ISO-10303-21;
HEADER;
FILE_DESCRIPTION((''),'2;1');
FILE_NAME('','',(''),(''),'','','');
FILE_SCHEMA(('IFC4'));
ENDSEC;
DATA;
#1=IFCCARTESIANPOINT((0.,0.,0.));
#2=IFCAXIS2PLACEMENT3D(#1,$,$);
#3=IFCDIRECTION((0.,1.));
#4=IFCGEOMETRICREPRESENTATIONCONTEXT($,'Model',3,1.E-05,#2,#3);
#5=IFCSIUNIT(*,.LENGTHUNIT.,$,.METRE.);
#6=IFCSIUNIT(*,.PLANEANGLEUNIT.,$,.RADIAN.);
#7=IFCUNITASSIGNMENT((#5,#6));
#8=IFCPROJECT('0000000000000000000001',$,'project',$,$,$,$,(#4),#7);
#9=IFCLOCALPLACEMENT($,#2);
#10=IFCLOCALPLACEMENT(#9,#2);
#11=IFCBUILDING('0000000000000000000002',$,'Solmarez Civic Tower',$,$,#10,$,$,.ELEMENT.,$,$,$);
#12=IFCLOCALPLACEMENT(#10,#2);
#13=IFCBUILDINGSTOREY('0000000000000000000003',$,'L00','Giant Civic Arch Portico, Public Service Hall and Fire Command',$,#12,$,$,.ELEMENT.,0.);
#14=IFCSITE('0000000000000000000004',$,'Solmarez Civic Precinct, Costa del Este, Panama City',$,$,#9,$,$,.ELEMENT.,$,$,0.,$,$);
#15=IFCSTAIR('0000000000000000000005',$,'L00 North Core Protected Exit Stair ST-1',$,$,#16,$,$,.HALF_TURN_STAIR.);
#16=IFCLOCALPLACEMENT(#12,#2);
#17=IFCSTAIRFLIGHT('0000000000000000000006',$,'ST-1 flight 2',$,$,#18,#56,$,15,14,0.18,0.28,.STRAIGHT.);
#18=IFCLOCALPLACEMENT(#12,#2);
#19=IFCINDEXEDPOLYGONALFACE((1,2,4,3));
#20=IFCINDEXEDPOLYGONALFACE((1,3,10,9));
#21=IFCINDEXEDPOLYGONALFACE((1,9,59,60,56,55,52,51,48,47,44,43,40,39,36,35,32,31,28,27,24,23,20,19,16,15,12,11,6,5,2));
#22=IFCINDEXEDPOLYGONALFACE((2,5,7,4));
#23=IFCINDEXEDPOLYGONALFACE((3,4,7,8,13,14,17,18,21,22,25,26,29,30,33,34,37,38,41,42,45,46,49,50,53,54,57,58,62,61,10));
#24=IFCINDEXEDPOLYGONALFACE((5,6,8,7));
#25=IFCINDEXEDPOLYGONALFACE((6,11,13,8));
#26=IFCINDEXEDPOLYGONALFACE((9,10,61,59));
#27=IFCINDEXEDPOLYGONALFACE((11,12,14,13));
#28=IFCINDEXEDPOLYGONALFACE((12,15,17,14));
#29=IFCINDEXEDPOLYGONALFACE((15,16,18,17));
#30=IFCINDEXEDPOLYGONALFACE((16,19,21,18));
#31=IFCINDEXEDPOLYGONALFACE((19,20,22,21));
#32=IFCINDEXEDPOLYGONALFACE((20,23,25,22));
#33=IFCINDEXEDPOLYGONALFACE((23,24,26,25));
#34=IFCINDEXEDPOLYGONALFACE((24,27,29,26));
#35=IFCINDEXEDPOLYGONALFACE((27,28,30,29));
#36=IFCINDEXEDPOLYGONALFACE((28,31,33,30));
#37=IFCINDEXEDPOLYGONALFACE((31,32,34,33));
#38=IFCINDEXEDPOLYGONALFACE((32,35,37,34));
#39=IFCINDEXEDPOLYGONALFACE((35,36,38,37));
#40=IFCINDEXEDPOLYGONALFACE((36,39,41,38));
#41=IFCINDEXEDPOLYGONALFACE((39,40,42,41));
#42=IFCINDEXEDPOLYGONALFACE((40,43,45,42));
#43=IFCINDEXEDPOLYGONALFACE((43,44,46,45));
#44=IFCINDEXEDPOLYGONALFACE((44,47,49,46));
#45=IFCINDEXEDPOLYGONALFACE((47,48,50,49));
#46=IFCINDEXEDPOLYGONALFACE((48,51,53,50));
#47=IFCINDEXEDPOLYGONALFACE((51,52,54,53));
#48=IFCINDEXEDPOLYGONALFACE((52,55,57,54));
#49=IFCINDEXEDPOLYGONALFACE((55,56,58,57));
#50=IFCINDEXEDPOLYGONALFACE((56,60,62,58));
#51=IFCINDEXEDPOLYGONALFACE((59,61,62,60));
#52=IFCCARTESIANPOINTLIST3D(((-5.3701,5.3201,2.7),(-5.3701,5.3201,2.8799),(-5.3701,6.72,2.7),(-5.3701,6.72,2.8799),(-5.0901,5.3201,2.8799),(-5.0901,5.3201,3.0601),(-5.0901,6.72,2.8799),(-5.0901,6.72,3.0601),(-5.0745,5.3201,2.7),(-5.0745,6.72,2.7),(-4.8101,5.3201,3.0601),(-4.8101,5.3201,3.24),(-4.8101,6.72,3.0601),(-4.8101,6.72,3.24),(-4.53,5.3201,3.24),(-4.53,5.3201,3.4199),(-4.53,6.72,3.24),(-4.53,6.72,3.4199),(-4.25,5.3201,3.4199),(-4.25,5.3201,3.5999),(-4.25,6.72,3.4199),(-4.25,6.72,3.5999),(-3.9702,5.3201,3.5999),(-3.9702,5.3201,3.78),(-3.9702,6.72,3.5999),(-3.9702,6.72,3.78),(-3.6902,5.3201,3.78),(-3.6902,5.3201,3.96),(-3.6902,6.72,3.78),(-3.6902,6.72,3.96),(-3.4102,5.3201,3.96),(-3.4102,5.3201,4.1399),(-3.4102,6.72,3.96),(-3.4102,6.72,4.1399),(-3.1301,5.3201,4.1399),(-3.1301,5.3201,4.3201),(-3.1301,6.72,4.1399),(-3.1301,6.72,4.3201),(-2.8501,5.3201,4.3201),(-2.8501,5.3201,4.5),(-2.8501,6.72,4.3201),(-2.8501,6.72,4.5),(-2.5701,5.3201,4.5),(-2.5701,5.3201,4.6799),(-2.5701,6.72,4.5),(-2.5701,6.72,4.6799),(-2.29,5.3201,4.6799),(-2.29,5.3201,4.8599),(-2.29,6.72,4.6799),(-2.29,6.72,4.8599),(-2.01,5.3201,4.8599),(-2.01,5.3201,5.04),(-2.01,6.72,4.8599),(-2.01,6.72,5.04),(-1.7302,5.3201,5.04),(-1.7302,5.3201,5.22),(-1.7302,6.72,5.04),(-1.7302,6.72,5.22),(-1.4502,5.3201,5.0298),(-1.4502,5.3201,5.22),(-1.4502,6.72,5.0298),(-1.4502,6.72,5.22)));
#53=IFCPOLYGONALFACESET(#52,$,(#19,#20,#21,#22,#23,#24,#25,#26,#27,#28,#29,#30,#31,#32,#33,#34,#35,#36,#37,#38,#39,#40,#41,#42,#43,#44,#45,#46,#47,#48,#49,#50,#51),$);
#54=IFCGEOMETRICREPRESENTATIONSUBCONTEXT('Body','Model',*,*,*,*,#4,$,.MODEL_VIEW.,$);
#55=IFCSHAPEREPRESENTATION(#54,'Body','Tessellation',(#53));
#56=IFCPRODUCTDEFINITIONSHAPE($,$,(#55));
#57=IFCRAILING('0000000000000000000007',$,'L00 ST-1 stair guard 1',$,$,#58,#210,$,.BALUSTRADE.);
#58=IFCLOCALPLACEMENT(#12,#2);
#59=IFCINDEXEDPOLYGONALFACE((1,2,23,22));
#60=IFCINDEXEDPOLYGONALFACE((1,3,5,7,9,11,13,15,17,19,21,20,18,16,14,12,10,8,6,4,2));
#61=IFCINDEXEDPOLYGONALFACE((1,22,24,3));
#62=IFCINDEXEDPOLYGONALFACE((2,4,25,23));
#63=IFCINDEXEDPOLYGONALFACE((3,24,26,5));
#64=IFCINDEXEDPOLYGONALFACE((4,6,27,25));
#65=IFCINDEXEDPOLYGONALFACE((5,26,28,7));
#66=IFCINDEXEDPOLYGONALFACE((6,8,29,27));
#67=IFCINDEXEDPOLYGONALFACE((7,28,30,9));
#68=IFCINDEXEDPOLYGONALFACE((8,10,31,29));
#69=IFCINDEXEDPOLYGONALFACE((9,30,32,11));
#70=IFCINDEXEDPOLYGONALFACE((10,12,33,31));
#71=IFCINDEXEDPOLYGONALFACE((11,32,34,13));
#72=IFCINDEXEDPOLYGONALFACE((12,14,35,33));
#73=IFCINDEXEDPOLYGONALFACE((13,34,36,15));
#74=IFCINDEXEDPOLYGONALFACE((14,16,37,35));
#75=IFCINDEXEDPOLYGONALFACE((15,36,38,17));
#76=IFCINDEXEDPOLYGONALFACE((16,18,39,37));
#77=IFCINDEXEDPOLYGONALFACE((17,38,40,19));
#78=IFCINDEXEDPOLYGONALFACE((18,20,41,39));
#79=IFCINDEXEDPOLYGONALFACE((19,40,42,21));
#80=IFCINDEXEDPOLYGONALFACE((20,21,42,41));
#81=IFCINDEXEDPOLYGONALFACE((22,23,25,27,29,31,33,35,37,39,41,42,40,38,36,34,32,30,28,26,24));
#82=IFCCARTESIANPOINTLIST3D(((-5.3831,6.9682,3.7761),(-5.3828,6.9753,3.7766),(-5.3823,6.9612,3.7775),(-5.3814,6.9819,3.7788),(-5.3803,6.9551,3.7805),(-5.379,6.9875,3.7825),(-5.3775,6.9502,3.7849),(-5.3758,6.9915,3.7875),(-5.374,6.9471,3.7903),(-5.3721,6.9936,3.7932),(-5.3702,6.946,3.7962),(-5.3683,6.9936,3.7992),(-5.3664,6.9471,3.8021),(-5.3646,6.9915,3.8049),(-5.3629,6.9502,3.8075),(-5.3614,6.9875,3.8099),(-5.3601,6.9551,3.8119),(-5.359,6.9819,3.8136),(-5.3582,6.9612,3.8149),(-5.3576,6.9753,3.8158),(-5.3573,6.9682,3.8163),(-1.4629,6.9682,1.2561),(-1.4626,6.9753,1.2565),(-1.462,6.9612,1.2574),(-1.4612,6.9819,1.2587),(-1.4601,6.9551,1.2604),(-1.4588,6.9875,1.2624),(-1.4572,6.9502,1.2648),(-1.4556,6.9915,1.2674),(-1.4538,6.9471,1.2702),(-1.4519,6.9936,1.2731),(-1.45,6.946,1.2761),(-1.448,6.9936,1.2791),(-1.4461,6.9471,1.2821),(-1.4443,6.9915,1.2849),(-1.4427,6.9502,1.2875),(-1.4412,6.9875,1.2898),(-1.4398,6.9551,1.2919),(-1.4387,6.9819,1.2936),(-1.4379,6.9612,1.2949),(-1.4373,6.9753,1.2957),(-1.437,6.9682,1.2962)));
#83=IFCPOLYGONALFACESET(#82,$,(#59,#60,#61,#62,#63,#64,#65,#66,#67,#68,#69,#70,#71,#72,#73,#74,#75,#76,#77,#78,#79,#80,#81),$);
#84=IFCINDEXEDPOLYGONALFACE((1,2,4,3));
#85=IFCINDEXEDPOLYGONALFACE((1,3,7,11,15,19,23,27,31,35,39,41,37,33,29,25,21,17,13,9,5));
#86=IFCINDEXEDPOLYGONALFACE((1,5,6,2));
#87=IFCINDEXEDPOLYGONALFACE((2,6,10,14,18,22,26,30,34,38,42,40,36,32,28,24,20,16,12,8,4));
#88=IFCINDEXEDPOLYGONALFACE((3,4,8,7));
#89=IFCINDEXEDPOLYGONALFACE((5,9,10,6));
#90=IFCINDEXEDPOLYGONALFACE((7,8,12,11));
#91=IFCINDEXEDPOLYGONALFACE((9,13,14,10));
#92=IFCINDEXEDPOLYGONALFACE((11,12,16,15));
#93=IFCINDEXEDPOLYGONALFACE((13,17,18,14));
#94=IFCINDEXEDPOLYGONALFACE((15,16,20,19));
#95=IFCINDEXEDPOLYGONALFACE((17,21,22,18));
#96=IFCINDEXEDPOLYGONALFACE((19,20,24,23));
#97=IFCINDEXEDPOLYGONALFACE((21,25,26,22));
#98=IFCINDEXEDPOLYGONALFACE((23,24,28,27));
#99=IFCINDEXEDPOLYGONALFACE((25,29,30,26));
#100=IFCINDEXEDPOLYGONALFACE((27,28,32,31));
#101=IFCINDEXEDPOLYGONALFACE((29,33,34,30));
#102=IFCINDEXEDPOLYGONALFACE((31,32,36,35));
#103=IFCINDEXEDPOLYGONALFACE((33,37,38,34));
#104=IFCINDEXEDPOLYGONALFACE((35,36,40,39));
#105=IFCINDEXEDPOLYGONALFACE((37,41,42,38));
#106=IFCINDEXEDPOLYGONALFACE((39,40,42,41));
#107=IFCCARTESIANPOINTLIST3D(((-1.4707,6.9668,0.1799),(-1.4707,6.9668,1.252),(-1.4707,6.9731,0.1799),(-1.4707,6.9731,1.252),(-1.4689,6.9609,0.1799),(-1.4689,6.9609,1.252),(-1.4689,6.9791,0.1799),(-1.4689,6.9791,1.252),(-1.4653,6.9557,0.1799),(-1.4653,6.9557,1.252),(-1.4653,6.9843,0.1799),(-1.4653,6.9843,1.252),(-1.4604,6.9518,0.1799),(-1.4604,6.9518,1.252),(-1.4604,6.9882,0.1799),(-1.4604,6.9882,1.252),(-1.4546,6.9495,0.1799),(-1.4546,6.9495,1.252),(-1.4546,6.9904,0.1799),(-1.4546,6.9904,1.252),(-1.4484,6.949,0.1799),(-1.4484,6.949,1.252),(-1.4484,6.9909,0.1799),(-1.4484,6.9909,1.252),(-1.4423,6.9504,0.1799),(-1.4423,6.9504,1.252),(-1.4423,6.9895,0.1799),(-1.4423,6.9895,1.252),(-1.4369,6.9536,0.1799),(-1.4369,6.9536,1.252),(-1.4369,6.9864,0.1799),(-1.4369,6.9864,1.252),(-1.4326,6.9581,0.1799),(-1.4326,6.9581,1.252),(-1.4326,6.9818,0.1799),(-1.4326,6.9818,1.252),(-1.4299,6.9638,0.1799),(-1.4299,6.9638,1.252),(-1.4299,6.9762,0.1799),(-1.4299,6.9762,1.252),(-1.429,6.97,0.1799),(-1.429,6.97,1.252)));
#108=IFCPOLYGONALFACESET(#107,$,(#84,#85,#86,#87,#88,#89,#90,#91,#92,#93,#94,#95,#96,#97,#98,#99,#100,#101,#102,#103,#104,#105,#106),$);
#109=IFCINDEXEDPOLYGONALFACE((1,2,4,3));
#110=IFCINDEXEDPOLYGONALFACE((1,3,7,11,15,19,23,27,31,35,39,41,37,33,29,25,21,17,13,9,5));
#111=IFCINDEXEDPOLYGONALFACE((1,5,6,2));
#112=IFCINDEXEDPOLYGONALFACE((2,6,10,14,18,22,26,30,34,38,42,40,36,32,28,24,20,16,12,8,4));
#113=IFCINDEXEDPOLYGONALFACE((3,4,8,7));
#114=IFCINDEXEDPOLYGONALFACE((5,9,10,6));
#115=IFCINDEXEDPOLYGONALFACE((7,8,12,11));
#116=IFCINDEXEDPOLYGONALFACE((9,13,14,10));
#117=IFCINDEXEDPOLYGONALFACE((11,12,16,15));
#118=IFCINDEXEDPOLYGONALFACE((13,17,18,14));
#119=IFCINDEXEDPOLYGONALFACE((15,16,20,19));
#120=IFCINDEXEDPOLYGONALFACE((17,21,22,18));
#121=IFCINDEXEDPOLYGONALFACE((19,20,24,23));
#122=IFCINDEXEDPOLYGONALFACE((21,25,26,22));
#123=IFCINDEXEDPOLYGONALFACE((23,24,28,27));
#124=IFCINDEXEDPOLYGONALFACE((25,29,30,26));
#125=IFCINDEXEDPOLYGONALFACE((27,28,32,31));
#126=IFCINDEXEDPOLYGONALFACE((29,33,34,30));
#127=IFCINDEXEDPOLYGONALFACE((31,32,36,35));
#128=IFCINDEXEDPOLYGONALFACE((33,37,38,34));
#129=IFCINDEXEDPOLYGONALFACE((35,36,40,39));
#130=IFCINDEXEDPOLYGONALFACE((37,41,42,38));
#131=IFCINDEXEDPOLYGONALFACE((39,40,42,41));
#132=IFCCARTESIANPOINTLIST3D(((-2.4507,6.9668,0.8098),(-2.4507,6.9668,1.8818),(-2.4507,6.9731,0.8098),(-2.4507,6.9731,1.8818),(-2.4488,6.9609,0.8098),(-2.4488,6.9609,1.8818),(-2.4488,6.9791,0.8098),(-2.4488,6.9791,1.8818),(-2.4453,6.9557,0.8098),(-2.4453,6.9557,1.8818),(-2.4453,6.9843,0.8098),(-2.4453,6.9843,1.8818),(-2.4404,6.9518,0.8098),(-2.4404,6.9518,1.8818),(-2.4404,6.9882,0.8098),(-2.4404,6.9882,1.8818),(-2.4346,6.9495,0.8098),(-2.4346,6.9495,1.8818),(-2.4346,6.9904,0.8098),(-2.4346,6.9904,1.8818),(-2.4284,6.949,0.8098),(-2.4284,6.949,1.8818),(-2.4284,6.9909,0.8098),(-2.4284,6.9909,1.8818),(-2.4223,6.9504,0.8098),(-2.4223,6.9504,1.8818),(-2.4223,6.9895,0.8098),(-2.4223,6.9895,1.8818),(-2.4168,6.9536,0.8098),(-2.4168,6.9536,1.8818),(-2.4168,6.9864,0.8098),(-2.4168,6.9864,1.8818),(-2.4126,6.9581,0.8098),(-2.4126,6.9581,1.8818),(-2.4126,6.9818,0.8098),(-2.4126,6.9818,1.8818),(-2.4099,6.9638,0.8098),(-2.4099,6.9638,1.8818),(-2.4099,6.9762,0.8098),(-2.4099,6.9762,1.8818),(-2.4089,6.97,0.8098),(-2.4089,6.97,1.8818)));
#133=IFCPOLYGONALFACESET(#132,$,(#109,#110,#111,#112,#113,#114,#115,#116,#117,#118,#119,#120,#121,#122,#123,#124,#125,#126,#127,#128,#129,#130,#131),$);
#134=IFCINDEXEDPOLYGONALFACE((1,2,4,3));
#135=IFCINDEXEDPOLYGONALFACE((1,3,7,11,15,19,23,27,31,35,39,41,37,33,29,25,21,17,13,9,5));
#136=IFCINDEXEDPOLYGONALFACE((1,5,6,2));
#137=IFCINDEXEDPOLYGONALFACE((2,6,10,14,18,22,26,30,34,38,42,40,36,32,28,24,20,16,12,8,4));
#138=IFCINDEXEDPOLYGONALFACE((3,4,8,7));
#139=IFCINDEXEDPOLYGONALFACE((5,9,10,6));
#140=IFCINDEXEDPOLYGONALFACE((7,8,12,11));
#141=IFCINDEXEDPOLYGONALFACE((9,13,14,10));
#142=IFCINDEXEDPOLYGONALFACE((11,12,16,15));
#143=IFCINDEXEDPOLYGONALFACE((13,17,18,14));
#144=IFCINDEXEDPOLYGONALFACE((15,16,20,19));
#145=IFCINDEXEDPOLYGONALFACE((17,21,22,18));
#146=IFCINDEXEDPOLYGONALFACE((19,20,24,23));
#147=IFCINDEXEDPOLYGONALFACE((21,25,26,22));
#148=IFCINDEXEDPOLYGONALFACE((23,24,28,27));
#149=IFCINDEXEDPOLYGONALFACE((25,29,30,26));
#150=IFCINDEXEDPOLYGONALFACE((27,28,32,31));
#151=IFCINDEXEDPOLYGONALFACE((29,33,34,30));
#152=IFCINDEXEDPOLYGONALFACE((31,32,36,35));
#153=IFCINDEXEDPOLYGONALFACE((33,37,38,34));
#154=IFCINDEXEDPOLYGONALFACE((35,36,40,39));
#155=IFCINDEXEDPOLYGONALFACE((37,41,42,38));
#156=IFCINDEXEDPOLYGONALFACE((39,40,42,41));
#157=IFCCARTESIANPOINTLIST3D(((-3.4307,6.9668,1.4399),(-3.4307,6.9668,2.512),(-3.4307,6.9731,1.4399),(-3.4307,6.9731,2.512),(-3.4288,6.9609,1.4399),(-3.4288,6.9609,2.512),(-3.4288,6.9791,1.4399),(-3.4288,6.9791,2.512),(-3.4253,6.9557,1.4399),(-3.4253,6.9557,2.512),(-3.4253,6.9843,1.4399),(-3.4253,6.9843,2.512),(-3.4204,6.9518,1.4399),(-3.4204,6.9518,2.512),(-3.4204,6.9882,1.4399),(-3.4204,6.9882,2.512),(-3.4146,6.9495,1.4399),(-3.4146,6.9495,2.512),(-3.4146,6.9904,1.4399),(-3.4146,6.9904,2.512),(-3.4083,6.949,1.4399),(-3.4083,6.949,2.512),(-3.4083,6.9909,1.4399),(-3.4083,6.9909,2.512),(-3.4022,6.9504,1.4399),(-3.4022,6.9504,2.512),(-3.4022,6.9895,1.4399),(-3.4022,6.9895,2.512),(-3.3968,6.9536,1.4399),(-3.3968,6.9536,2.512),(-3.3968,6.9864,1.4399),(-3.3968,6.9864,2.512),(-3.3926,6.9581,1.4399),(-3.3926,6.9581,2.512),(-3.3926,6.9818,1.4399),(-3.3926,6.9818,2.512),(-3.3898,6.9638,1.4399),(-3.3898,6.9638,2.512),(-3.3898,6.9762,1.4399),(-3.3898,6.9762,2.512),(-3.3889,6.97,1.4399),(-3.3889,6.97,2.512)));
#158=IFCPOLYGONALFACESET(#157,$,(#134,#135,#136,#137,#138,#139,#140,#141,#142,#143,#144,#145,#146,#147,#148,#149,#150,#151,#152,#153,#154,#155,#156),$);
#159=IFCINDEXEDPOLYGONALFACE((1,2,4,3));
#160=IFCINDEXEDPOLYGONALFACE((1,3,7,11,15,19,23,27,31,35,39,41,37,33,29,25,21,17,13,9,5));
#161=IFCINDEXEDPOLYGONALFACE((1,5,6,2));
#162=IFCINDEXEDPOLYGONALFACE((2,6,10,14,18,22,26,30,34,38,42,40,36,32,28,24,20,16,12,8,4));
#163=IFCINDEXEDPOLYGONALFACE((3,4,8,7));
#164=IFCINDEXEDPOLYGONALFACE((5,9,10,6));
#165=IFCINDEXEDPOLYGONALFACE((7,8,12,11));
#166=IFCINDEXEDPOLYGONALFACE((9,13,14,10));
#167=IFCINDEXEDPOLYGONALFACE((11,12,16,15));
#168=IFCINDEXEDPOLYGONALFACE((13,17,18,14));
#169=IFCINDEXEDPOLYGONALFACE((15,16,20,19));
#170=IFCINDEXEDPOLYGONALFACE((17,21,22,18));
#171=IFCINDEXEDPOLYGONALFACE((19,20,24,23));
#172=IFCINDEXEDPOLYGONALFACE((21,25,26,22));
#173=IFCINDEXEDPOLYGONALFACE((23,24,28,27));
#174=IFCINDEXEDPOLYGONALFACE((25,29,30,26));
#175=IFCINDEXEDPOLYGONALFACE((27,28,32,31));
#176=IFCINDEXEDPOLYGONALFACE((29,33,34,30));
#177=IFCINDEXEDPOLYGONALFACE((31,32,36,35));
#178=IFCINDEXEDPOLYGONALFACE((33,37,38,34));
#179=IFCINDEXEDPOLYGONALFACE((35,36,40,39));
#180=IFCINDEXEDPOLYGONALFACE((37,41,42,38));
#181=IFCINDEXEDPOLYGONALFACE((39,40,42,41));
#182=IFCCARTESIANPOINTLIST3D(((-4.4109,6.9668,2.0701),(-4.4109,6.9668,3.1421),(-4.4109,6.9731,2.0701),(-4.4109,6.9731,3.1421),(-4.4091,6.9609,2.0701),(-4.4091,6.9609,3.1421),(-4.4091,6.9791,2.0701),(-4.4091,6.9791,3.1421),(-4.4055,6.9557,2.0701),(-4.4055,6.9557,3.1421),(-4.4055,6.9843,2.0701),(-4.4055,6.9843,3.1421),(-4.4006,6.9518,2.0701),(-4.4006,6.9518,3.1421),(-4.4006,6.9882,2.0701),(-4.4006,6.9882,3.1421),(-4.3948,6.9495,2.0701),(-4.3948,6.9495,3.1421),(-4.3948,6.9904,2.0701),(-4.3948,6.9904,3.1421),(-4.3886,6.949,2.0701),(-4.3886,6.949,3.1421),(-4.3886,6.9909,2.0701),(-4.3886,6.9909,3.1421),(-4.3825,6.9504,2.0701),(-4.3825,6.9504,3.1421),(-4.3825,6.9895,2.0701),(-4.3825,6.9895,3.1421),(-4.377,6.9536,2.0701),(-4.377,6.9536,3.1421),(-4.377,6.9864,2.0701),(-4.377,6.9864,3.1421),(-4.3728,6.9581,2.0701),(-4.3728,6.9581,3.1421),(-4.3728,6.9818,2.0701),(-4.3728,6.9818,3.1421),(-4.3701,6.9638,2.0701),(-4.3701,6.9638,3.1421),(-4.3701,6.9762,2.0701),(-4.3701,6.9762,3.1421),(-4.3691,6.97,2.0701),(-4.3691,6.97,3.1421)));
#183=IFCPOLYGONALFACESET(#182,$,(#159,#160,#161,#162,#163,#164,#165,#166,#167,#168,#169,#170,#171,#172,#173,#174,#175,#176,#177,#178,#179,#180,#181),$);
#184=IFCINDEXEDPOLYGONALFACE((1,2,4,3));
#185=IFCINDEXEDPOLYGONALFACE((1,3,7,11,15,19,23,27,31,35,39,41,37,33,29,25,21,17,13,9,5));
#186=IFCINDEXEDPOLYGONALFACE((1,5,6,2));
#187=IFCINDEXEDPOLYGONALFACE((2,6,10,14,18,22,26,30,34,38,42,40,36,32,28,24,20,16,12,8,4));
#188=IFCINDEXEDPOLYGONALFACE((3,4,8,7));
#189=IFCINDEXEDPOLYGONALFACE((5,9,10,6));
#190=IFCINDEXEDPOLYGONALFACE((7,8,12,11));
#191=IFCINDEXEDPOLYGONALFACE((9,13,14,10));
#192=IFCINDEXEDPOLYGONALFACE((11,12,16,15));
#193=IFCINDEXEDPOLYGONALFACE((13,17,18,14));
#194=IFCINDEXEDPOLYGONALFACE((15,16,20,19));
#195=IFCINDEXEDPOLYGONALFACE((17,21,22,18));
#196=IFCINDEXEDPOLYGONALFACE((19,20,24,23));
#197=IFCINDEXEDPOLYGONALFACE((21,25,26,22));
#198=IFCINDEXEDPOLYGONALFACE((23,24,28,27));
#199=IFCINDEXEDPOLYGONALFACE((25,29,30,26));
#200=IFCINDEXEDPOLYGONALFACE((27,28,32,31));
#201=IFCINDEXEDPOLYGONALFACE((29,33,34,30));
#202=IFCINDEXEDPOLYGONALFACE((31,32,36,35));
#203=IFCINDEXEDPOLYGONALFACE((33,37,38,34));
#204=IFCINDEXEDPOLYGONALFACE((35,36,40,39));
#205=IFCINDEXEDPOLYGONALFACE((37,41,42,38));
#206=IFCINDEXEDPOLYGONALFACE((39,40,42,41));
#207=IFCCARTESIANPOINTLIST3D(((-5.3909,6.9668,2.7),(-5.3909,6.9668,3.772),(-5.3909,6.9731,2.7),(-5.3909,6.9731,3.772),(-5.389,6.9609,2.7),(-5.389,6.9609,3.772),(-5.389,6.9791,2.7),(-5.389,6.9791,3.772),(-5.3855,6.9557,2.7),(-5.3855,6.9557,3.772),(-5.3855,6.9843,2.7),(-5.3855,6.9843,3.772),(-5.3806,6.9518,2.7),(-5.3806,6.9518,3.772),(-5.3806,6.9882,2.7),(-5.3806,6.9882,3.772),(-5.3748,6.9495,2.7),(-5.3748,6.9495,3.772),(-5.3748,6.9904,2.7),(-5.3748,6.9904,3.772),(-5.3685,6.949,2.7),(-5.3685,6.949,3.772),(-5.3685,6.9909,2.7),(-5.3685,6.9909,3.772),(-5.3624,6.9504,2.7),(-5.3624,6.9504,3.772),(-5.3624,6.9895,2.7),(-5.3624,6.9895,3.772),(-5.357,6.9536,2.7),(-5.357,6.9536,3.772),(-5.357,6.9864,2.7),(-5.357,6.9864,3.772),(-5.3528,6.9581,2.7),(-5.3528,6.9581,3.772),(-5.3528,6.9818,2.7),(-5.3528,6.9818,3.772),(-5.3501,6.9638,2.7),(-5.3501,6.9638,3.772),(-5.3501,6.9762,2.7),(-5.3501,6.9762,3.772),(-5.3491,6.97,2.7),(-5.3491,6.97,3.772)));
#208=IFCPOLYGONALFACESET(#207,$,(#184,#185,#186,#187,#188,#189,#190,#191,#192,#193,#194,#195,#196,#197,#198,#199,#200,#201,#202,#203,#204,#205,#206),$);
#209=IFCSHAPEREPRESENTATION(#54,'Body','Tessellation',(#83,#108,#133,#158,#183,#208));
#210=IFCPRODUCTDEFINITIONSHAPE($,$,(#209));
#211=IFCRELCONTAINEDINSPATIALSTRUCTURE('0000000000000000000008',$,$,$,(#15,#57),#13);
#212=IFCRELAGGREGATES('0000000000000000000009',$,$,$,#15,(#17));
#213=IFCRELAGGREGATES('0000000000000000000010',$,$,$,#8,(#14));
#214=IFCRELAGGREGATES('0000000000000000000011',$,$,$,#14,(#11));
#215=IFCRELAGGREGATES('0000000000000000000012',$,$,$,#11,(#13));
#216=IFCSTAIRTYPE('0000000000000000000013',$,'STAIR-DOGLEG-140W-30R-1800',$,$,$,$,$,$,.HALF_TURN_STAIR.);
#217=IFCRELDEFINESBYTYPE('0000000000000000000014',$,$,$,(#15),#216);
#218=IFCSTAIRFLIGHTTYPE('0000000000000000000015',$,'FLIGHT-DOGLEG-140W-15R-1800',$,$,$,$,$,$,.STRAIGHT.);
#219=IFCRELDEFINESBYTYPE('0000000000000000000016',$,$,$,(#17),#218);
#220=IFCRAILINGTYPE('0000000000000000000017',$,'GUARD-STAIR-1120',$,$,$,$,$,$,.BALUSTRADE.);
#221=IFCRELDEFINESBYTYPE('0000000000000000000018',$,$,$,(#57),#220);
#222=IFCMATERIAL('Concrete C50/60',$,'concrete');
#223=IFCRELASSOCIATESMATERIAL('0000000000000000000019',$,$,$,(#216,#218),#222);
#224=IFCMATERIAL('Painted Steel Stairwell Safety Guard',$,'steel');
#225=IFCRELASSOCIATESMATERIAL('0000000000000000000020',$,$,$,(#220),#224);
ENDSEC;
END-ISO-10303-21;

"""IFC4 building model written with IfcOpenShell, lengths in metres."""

from ifc_helpers import new_model, si_unit, direction, frame, origin, origin_2d, place, context, subcontext, project, spatial, polyline, circle, outline, extrude, material, type_object, element, aggregate, save


model = new_model("IFC4")

# Units and contexts
model_context = context("Model", 3, precision=1e-05, world=origin(), true_north=direction((0.0, 1.0)))
body_context = subcontext(model_context, "Body", "Model", "MODEL_VIEW")
ifc_project = project(units=[si_unit("LENGTHUNIT", "METRE"), si_unit("PLANEANGLEUNIT", "RADIAN")], contexts=[model_context])

# Site, building, storey
site_placement = place(None, origin())
site = spatial("IfcSite", under=ifc_project, at=site_placement, Name="Solmarez Civic Precinct, Costa del Este, Panama City", CompositionType="ELEMENT", RefElevation=0.0)
building_placement = place(site_placement, origin())
building = spatial("IfcBuilding", under=site, at=building_placement, Name="Solmarez Civic Tower", CompositionType="ELEMENT")
storey_placement = place(building_placement, origin())
storey = spatial("IfcBuildingStorey", under=building, at=storey_placement, Name="L00", Description="Giant Civic Arch Portico, Public Service Hall and Fire Command", CompositionType="ELEMENT", Elevation=0.0)

# Stair, stair flight
ifc_material_1 = material(Name="Concrete C50/60", Category="concrete")
stair_type = type_object("IfcStairType", Name="STAIR-DOGLEG-140W-30R-1800", PredefinedType="HALF_TURN_STAIR", material=ifc_material_1)
stair_placement = place(storey_placement, origin())
stair = element("IfcStair", 1, at=stair_placement, inside=storey, type_object=stair_type, Name="L00 North Core Protected Exit Stair ST-1", PredefinedType="HALF_TURN_STAIR")
stair_flight_type = type_object("IfcStairFlightType", Name="FLIGHT-DOGLEG-140W-15R-1800", PredefinedType="STRAIGHT", material=ifc_material_1)
stair_flight_1_placement = place(storey_placement, frame((-5.3701, 6.02, 2.7), z_axis=(0.0, 0.0, 1.0), x_axis=(1.0, 0.0, 0.0)))
stair_flight_1 = element("IfcStairFlight", 2, at=stair_flight_1_placement, type_object=stair_flight_type, Name="ST-1 flight 2", NumberOfRisers=15, NumberOfTreads=14, PredefinedType="STRAIGHT", RiserHeight=0.18, TreadLength=0.28, context=body_context, shape_type="SweptSolid", body=[
    extrude(outline(polyline([(0.0, 0.0), (0.0, 0.1799), (0.28, 0.1799), (0.28, 0.3601), (0.5601, 0.3601), (0.5601, 0.54), (0.8401, 0.54), (0.8401, 0.72), (1.1201, 0.72), (1.1201, 0.8999), (1.3999, 0.8999), (1.3999, 1.0801), (1.6799, 1.0801), (1.6799, 1.26), (1.96, 1.26), (1.96, 1.4399), (2.24, 1.4399), (2.24, 1.6201), (2.52, 1.6201), (2.52, 1.8), (2.8, 1.8), (2.8, 1.98), (3.0801, 1.98), (3.0801, 2.1599), (3.3601, 2.1599), (3.3601, 2.3401), (3.6399, 2.3401), (3.6399, 2.52), (3.9199, 2.52), (3.9199, 2.7), (3.9199, 2.3298), (0.2957, 0.0), (0.0, 0.0)])), frame((0.0, 0.7, 0.0), z_axis=(0.0, -1.0, 0.0), x_axis=(1.0, 0.0, 0.0)), (0.0, 0.0, 1.0), 1.3999),
])
aggregate(stair, [stair_flight_1])

# Railing
ifc_material_2 = material(Name="Painted Steel Stairwell Safety Guard", Category="steel")
railing_type_1 = type_object("IfcRailingType", Name="GUARD-STAIR-1120", PredefinedType="BALUSTRADE", material=ifc_material_2)
railing_1_placement = place(storey_placement, frame((-1.45, 6.97, 0.1799)))
element("IfcRailing", 3, at=railing_1_placement, inside=storey, type_object=railing_type_1, Name="L00 ST-1 stair guard 1", PredefinedType="BALUSTRADE", context=body_context, shape_type="SweptSolid", body=[
    extrude(circle(Radius=0.0239, at=origin_2d()), frame((0.0, 0.0, 1.0962), z_axis=(-0.841187, 0.0, 0.540744), x_axis=(0.0, -1.0, 0.0)), (0.0, 0.0, 1.0), 4.6604),
    extrude(circle(Radius=0.021, at=origin_2d()), origin(), (0.0, 0.0, 1.0), 1.072),
    extrude(circle(Radius=0.021, at=origin_2d()), frame((-0.98, 0.0, 0.6299)), (0.0, 0.0, 1.0), 1.072),
    extrude(circle(Radius=0.021, at=origin_2d()), frame((-1.96, 0.0, 1.26)), (0.0, 0.0, 1.0), 1.072),
    extrude(circle(Radius=0.021, at=origin_2d()), frame((-2.9402, 0.0, 1.8901)), (0.0, 0.0, 1.0), 1.072),
    extrude(circle(Radius=0.021, at=origin_2d()), frame((-3.9202, 0.0, 2.52)), (0.0, 0.0, 1.0), 1.072),
])

save(model, "model.ifc")
